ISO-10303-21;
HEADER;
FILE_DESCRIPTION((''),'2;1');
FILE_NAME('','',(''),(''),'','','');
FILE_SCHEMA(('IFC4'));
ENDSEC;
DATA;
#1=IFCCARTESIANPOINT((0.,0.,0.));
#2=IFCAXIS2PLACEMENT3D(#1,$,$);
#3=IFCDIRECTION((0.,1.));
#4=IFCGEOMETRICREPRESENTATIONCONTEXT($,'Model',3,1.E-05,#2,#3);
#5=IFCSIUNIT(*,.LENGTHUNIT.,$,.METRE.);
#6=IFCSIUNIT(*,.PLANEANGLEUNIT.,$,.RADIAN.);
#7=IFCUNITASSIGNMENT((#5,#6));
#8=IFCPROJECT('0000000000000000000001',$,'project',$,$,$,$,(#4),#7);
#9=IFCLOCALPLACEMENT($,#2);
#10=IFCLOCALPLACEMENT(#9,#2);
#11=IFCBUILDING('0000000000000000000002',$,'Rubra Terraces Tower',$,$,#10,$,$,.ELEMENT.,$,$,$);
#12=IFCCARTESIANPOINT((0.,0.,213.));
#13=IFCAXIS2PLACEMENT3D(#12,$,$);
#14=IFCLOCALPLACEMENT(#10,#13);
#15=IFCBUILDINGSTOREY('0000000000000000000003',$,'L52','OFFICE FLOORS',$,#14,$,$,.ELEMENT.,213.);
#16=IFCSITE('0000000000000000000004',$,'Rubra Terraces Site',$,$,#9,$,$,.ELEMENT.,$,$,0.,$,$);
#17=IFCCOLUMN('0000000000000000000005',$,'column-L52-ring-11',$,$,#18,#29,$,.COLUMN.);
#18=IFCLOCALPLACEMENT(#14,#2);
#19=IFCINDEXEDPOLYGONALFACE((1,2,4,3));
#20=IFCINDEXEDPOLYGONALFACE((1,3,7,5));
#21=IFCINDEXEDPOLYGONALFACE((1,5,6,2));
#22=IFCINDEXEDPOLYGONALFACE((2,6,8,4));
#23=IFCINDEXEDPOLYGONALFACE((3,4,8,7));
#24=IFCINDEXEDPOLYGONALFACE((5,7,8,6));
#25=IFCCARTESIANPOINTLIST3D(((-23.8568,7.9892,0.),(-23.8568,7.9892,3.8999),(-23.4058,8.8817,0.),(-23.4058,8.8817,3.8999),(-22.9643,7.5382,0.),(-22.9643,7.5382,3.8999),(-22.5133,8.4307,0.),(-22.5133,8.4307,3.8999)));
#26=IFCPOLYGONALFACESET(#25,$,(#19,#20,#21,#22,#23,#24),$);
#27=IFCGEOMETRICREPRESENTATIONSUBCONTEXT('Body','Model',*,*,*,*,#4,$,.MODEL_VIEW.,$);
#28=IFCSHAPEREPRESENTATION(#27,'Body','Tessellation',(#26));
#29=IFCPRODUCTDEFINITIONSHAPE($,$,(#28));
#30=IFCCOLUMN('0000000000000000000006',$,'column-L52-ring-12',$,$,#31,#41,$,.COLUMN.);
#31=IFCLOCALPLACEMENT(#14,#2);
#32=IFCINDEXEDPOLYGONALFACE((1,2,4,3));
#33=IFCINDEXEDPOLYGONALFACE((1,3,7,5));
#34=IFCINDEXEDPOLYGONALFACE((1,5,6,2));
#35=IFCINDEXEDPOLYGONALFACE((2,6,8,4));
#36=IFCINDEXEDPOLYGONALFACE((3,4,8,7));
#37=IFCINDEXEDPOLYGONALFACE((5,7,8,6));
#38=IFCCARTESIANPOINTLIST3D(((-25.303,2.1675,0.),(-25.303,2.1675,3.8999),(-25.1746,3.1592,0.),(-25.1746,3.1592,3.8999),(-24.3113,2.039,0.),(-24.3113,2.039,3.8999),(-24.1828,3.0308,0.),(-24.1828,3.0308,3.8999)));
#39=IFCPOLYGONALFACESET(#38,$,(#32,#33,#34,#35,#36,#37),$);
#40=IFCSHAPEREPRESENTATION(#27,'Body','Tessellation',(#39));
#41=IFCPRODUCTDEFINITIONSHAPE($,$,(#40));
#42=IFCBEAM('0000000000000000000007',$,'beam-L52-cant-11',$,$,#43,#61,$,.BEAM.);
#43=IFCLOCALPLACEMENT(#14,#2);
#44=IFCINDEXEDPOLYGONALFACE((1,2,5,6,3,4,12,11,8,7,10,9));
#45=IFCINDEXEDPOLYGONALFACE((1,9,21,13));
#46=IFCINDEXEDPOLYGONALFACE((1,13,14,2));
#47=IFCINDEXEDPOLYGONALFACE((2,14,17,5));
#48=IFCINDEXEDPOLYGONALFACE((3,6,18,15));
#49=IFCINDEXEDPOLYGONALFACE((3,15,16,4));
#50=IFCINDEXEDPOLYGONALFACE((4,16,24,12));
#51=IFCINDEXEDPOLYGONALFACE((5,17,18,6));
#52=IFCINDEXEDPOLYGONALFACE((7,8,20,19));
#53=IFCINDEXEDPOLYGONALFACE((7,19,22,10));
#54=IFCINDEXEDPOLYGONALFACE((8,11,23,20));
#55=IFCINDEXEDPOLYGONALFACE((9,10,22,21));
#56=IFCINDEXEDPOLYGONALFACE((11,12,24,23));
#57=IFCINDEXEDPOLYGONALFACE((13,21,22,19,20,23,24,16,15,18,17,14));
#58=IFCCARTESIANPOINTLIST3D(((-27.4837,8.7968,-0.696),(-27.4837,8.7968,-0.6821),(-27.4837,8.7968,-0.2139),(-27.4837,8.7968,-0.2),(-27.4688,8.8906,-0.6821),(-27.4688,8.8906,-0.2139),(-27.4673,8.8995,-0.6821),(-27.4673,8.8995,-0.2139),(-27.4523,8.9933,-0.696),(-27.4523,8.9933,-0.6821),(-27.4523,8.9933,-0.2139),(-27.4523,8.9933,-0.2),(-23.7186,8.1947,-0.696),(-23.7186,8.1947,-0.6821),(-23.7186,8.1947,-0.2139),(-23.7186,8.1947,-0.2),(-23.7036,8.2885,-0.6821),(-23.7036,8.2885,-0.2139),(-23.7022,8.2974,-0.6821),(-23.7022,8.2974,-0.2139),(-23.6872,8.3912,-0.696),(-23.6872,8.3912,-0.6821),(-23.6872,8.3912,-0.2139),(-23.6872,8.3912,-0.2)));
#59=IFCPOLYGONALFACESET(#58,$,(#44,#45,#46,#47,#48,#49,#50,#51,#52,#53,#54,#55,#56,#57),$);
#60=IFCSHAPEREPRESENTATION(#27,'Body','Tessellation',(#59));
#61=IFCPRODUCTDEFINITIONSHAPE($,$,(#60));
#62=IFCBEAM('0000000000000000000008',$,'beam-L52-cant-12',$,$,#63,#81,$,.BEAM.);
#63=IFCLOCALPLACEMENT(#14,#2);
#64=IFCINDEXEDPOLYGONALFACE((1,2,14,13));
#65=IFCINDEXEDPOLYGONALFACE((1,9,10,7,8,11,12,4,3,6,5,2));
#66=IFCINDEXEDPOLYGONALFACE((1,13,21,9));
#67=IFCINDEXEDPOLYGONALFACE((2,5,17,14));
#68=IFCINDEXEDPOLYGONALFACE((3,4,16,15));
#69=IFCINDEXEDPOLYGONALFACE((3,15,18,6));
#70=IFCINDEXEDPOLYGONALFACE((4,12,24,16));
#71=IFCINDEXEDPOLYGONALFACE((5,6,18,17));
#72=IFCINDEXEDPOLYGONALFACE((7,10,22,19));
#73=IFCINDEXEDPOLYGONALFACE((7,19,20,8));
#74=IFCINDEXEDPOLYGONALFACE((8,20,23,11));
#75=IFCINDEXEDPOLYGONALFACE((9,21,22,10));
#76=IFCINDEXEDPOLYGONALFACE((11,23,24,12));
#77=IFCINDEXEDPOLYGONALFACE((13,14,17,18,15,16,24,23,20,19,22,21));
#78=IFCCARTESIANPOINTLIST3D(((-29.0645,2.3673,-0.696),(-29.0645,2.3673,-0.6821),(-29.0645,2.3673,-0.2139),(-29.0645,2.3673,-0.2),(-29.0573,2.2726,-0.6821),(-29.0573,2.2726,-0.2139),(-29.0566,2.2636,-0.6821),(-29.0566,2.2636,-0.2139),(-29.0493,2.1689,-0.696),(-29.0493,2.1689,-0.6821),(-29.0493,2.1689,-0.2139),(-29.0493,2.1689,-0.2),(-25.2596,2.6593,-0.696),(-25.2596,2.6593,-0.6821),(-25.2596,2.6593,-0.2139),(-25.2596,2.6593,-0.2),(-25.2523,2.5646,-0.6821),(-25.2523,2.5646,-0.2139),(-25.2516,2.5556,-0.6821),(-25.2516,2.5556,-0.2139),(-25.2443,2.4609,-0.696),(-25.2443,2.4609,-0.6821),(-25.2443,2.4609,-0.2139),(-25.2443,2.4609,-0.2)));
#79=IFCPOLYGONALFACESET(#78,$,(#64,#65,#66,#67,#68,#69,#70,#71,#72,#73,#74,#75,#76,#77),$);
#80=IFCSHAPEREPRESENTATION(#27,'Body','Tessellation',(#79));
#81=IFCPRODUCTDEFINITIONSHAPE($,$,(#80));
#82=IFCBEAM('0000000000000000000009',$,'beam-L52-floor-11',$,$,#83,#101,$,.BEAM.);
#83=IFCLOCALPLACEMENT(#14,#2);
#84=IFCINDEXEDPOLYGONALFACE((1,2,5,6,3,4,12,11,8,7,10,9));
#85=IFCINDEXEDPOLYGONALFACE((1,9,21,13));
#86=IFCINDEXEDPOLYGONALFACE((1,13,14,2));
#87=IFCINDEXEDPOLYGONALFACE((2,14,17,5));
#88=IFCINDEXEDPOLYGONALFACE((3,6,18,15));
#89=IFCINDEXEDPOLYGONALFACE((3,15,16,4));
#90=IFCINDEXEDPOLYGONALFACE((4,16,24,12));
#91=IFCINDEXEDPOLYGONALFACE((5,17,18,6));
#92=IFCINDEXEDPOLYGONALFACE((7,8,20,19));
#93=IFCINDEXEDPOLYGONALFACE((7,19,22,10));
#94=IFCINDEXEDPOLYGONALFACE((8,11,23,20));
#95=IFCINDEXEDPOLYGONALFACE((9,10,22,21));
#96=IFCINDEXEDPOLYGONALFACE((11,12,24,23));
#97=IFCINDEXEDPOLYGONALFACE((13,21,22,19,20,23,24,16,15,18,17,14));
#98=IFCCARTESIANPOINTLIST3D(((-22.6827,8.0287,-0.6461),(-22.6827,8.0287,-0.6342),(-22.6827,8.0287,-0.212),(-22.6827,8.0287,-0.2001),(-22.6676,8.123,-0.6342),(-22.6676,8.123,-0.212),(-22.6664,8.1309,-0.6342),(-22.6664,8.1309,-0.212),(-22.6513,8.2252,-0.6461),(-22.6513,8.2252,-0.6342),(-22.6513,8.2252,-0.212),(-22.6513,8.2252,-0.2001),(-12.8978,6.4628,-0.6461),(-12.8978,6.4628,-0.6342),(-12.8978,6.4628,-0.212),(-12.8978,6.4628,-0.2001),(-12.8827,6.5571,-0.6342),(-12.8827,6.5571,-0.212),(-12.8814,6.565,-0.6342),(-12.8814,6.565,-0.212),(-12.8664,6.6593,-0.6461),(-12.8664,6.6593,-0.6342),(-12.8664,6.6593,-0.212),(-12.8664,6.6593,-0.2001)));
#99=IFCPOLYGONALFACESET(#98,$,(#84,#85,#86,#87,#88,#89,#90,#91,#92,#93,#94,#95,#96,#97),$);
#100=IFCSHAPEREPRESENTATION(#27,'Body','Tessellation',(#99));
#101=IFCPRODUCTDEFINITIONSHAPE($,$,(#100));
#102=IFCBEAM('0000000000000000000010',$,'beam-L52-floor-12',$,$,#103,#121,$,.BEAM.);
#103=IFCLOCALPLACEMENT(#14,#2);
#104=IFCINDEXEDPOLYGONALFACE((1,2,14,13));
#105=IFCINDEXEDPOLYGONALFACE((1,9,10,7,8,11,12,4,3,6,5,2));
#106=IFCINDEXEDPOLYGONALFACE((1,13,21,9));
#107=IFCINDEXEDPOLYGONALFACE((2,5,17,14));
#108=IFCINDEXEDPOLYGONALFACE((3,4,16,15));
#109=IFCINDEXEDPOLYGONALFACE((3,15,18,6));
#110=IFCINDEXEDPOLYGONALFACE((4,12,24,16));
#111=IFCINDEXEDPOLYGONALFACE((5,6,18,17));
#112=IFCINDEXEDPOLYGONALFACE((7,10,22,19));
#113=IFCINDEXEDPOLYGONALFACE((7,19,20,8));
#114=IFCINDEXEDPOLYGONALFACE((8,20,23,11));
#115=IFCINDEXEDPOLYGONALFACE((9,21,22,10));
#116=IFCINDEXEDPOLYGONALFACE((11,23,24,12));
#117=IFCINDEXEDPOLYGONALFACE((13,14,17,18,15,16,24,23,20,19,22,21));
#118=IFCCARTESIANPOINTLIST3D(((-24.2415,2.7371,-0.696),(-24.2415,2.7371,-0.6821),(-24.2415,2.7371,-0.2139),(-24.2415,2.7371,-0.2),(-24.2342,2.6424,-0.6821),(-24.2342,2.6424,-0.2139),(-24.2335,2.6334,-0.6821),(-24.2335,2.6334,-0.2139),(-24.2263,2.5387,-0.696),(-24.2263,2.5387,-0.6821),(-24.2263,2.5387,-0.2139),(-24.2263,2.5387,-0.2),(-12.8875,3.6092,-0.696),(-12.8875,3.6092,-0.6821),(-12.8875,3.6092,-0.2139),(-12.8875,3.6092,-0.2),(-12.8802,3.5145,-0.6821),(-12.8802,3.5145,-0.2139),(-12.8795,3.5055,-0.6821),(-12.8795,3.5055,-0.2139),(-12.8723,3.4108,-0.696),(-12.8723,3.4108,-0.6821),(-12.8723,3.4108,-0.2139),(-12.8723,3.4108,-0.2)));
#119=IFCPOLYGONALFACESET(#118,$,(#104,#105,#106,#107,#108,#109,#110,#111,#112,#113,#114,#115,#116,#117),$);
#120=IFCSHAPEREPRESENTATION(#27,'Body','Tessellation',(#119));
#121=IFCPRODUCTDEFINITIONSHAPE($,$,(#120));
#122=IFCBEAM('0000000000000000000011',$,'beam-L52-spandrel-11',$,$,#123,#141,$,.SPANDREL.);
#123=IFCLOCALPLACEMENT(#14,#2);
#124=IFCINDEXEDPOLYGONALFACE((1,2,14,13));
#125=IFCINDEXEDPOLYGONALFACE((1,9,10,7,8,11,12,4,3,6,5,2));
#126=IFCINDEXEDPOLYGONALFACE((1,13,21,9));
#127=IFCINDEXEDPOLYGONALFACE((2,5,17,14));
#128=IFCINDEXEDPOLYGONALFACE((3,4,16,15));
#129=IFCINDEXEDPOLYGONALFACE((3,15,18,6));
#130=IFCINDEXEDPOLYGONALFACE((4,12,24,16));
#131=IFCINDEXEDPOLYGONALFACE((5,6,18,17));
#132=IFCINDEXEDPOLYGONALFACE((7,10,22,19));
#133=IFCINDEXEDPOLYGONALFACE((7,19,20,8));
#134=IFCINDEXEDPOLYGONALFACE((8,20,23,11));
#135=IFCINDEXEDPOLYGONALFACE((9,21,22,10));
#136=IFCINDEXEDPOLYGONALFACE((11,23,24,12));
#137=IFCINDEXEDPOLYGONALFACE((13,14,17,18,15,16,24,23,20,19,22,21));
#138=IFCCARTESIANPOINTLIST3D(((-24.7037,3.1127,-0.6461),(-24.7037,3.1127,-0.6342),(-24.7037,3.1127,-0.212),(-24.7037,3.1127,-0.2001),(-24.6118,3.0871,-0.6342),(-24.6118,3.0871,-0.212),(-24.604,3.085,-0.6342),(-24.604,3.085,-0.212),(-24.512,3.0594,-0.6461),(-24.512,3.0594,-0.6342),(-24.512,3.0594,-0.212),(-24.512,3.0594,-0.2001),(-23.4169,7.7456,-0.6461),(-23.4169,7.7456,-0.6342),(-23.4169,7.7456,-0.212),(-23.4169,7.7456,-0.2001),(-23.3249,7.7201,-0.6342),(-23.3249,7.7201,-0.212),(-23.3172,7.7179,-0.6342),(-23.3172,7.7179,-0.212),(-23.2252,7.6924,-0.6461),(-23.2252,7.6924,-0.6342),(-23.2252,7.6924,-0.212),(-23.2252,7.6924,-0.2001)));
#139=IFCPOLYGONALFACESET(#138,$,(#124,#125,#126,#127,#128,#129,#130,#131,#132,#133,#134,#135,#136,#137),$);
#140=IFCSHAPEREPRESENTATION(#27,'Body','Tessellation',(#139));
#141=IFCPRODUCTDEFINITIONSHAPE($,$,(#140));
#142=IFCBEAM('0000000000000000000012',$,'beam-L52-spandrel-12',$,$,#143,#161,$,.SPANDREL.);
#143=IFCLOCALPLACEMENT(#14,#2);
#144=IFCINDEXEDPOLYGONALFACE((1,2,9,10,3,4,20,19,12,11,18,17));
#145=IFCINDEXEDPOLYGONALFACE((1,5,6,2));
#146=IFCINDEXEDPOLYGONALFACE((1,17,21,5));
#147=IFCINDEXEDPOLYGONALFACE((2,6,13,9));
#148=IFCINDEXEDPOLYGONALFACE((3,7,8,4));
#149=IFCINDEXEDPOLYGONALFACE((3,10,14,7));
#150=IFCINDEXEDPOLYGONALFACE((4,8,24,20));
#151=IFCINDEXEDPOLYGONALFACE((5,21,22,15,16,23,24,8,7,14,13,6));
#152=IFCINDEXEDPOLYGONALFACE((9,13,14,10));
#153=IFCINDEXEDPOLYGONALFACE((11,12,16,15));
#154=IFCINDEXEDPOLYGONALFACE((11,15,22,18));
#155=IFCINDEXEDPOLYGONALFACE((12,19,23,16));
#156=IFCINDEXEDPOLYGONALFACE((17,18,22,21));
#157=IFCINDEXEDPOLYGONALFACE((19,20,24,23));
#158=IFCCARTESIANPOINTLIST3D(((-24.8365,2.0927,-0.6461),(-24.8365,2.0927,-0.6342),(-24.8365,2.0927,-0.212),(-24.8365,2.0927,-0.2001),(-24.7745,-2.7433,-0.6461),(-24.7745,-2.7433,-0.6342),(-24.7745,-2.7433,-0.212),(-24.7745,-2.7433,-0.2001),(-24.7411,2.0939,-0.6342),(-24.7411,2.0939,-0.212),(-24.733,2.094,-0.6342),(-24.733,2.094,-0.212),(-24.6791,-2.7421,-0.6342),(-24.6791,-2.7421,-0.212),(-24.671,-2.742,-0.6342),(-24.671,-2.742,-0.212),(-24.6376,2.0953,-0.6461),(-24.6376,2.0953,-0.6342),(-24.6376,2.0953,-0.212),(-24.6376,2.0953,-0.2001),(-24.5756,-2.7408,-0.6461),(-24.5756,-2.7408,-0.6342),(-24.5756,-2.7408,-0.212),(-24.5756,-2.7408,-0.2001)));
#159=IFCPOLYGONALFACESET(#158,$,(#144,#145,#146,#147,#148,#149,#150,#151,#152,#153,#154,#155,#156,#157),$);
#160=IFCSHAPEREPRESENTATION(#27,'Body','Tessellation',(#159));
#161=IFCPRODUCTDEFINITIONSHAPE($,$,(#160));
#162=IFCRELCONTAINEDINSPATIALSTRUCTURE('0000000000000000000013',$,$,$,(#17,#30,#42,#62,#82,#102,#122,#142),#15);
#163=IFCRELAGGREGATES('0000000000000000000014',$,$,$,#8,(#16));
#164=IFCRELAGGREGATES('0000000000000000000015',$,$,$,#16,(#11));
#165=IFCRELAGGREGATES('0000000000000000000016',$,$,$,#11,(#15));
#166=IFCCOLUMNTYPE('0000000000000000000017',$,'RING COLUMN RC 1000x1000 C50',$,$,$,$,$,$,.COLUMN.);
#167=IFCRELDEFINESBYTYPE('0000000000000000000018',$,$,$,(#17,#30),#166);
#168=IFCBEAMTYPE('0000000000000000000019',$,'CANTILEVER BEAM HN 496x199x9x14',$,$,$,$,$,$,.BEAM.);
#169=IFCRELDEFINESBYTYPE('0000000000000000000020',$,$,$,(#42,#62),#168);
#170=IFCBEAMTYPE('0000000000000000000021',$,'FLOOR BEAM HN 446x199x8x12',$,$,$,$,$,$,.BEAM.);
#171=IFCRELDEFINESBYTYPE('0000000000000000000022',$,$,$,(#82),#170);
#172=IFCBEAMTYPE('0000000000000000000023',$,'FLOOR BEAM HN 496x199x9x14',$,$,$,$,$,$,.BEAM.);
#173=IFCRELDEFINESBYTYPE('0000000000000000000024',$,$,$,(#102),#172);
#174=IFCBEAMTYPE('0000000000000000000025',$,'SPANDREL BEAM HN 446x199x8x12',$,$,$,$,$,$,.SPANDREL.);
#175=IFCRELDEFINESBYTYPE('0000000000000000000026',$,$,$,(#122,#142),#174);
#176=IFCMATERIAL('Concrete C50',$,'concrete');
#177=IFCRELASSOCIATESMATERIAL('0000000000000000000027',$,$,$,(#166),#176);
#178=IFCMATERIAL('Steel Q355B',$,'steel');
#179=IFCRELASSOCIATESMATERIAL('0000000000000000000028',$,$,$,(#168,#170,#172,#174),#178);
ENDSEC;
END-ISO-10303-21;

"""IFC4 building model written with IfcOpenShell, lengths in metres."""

from ifc_helpers import new_model, si_unit, direction, frame, origin, origin_2d, place, context, subcontext, project, spatial, rectangle, i_section, extrude, material, material_profile, profile_set, type_object, element, save


model = new_model("IFC4")

# Units and contexts
model_context = context("Model", 3, precision=1e-05, world=origin(), true_north=direction((0.0, 1.0)))
body_context = subcontext(model_context, "Body", "Model", "MODEL_VIEW")
ifc_project = project(units=[si_unit("LENGTHUNIT", "METRE"), si_unit("PLANEANGLEUNIT", "RADIAN")], contexts=[model_context])

# Site, building, storey
site_placement = place(None, origin())
site = spatial("IfcSite", under=ifc_project, at=site_placement, Name="Rubra Terraces Site", CompositionType="ELEMENT", RefElevation=0.0)
building_placement = place(site_placement, origin())
building = spatial("IfcBuilding", under=site, at=building_placement, Name="Rubra Terraces Tower", CompositionType="ELEMENT")
storey_placement = place(building_placement, frame((0.0, 0.0, 213.0)))
storey = spatial("IfcBuildingStorey", under=building, at=storey_placement, Name="L52", Description="OFFICE FLOORS", CompositionType="ELEMENT", Elevation=213.0)

# Columns
ifc_material_1 = material(Name="Concrete C50", Category="concrete")
ifc_material_profile_1 = material_profile(ifc_material_1, rectangle(XDim=1.0, YDim=1.0, at=origin_2d()), Name="RC 1000x1000")
ifc_profile_set_1 = profile_set([ifc_material_profile_1], Name="Concrete C50")
column_type = type_object("IfcColumnType", Name="RING COLUMN RC 1000x1000 C50", PredefinedType="COLUMN", material=ifc_profile_set_1)
for number, where, z_axis, x_axis, name in (
    (1, (-23.1851, 8.21, 0.0), (0.0, 0.0, 1.0), (-0.451028, -0.89251, 0.0), "column-L52-ring-11"),
    (2, (-24.7429, 2.5991, 0.0), (0.0, 0.0, 1.0), (-0.128444, -0.991717, 0.0), "column-L52-ring-12"),
):
    element("IfcColumn", number, at=place(storey_placement, frame(where, z_axis=z_axis, x_axis=x_axis)), inside=storey, type_object=column_type, Name=name, PredefinedType="COLUMN", context=body_context, shape_type="SweptSolid", body=[
        extrude(rectangle(XDim=1.0, YDim=1.0, at=origin_2d()), origin(), (0.0, 0.0, 1.0), 3.8999),
    ])

# Beams
ifc_material_2 = material(Name="Steel Q355B", Category="steel")
ifc_material_profile_2 = material_profile(ifc_material_2, i_section(OverallWidth=0.199, OverallDepth=0.4961, WebThickness=0.009, FlangeThickness=0.0139, at=origin_2d()), Name="HN 496x199x9x14")
ifc_profile_set_2 = profile_set([ifc_material_profile_2], Name="Steel Q355B")
beam_type_1 = type_object("IfcBeamType", Name="CANTILEVER BEAM HN 496x199x9x14", PredefinedType="BEAM", material=ifc_profile_set_2)
beam_1_placement = place(storey_placement, frame((-23.7029, 8.293, -0.448), z_axis=(-0.987456, 0.157896, 0.0), x_axis=(-0.157896, -0.987456, 0.0)))
element("IfcBeam", 3, at=beam_1_placement, inside=storey, type_object=beam_type_1, Name="beam-L52-cant-11", PredefinedType="BEAM", context=body_context, shape_type="SweptSolid", body=[
    extrude(i_section(OverallWidth=0.199, OverallDepth=0.4961, WebThickness=0.009, FlangeThickness=0.0139, at=origin_2d()), origin(), (0.0, 0.0, 1.0), 3.813),
])
beam_2_placement = place(storey_placement, frame((-25.252, 2.5601, -0.448), z_axis=(-0.997068, -0.076515, 0.0), x_axis=(0.076515, -0.997068, 0.0)))
element("IfcBeam", 4, at=beam_2_placement, inside=storey, type_object=beam_type_1, Name="beam-L52-cant-12", PredefinedType="BEAM", context=body_context, shape_type="SweptSolid", body=[
    extrude(i_section(OverallWidth=0.199, OverallDepth=0.4961, WebThickness=0.009, FlangeThickness=0.0139, at=origin_2d()), origin(), (0.0, 0.0, 1.0), 3.8162),
])
ifc_material_profile_3 = material_profile(ifc_material_2, i_section(OverallWidth=0.199, OverallDepth=0.446, WebThickness=0.0081, FlangeThickness=0.012, at=origin_2d()), Name="HN 446x199x8x12")
ifc_profile_set_3 = profile_set([ifc_material_profile_3], Name="Steel Q355B")
beam_type_2 = type_object("IfcBeamType", Name="FLOOR BEAM HN 446x199x8x12", PredefinedType="BEAM", material=ifc_profile_set_3)
beam_3_placement = place(storey_placement, frame((-22.667, 8.127, -0.4231), z_axis=(0.987435, -0.158023, 0.0), x_axis=(0.158023, 0.987435, 0.0)))
element("IfcBeam", 5, at=beam_3_placement, inside=storey, type_object=beam_type_2, Name="beam-L52-floor-11", PredefinedType="BEAM", context=body_context, shape_type="SweptSolid", body=[
    extrude(i_section(OverallWidth=0.199, OverallDepth=0.446, WebThickness=0.0081, FlangeThickness=0.012, at=origin_2d()), origin(), (0.0, 0.0, 1.0), 9.9094),
])
ifc_material_profile_4 = material_profile(ifc_material_2, i_section(OverallWidth=0.199, OverallDepth=0.4961, WebThickness=0.009, FlangeThickness=0.0139, at=origin_2d()), Name="HN 496x199x9x14")
ifc_profile_set_4 = profile_set([ifc_material_profile_4], Name="Steel Q355B")
beam_type_3 = type_object("IfcBeamType", Name="FLOOR BEAM HN 496x199x9x14", PredefinedType="BEAM", material=ifc_profile_set_4)
beam_4_placement = place(storey_placement, frame((-24.2339, 2.6379, -0.448), z_axis=(0.997063, 0.076582, 0.0), x_axis=(-0.076582, 0.997063, 0.0)))
element("IfcBeam", 6, at=beam_4_placement, inside=storey, type_object=beam_type_3, Name="beam-L52-floor-12", PredefinedType="BEAM", context=body_context, shape_type="SweptSolid", body=[
    extrude(i_section(OverallWidth=0.199, OverallDepth=0.4961, WebThickness=0.009, FlangeThickness=0.0139, at=origin_2d()), origin(), (0.0, 0.0, 1.0), 11.3875),
])
ifc_material_profile_5 = material_profile(ifc_material_2, i_section(OverallWidth=0.199, OverallDepth=0.446, WebThickness=0.0081, FlangeThickness=0.012, at=origin_2d()), Name="HN 446x199x8x12")
ifc_profile_set_5 = profile_set([ifc_material_profile_5], Name="Steel Q355B")
beam_type_4 = type_object("IfcBeamType", Name="SPANDREL BEAM HN 446x199x8x12", PredefinedType="SPANDREL", material=ifc_profile_set_5)
beam_5_placement = place(storey_placement, frame((-23.321, 7.719, -0.4231), z_axis=(-0.267626, -0.963523, 0.0), x_axis=(0.963523, -0.267626, 0.0)))
element("IfcBeam", 7, at=beam_5_placement, inside=storey, type_object=beam_type_4, Name="beam-L52-spandrel-11", PredefinedType="SPANDREL", context=body_context, shape_type="SweptSolid", body=[
    extrude(i_section(OverallWidth=0.199, OverallDepth=0.446, WebThickness=0.0081, FlangeThickness=0.012, at=origin_2d()), origin(), (0.0, 0.0, 1.0), 4.8083),
])
beam_6_placement = place(storey_placement, frame((-24.7371, 2.094, -0.4231), z_axis=(0.012822, -0.999918, 0.0), x_axis=(0.999918, 0.012822, 0.0)))
element("IfcBeam", 8, at=beam_6_placement, inside=storey, type_object=beam_type_4, Name="beam-L52-spandrel-12", PredefinedType="SPANDREL", context=body_context, shape_type="SweptSolid", body=[
    extrude(i_section(OverallWidth=0.199, OverallDepth=0.446, WebThickness=0.0081, FlangeThickness=0.012, at=origin_2d()), origin(), (0.0, 0.0, 1.0), 4.8364),
])

save(model, "model.ifc")
